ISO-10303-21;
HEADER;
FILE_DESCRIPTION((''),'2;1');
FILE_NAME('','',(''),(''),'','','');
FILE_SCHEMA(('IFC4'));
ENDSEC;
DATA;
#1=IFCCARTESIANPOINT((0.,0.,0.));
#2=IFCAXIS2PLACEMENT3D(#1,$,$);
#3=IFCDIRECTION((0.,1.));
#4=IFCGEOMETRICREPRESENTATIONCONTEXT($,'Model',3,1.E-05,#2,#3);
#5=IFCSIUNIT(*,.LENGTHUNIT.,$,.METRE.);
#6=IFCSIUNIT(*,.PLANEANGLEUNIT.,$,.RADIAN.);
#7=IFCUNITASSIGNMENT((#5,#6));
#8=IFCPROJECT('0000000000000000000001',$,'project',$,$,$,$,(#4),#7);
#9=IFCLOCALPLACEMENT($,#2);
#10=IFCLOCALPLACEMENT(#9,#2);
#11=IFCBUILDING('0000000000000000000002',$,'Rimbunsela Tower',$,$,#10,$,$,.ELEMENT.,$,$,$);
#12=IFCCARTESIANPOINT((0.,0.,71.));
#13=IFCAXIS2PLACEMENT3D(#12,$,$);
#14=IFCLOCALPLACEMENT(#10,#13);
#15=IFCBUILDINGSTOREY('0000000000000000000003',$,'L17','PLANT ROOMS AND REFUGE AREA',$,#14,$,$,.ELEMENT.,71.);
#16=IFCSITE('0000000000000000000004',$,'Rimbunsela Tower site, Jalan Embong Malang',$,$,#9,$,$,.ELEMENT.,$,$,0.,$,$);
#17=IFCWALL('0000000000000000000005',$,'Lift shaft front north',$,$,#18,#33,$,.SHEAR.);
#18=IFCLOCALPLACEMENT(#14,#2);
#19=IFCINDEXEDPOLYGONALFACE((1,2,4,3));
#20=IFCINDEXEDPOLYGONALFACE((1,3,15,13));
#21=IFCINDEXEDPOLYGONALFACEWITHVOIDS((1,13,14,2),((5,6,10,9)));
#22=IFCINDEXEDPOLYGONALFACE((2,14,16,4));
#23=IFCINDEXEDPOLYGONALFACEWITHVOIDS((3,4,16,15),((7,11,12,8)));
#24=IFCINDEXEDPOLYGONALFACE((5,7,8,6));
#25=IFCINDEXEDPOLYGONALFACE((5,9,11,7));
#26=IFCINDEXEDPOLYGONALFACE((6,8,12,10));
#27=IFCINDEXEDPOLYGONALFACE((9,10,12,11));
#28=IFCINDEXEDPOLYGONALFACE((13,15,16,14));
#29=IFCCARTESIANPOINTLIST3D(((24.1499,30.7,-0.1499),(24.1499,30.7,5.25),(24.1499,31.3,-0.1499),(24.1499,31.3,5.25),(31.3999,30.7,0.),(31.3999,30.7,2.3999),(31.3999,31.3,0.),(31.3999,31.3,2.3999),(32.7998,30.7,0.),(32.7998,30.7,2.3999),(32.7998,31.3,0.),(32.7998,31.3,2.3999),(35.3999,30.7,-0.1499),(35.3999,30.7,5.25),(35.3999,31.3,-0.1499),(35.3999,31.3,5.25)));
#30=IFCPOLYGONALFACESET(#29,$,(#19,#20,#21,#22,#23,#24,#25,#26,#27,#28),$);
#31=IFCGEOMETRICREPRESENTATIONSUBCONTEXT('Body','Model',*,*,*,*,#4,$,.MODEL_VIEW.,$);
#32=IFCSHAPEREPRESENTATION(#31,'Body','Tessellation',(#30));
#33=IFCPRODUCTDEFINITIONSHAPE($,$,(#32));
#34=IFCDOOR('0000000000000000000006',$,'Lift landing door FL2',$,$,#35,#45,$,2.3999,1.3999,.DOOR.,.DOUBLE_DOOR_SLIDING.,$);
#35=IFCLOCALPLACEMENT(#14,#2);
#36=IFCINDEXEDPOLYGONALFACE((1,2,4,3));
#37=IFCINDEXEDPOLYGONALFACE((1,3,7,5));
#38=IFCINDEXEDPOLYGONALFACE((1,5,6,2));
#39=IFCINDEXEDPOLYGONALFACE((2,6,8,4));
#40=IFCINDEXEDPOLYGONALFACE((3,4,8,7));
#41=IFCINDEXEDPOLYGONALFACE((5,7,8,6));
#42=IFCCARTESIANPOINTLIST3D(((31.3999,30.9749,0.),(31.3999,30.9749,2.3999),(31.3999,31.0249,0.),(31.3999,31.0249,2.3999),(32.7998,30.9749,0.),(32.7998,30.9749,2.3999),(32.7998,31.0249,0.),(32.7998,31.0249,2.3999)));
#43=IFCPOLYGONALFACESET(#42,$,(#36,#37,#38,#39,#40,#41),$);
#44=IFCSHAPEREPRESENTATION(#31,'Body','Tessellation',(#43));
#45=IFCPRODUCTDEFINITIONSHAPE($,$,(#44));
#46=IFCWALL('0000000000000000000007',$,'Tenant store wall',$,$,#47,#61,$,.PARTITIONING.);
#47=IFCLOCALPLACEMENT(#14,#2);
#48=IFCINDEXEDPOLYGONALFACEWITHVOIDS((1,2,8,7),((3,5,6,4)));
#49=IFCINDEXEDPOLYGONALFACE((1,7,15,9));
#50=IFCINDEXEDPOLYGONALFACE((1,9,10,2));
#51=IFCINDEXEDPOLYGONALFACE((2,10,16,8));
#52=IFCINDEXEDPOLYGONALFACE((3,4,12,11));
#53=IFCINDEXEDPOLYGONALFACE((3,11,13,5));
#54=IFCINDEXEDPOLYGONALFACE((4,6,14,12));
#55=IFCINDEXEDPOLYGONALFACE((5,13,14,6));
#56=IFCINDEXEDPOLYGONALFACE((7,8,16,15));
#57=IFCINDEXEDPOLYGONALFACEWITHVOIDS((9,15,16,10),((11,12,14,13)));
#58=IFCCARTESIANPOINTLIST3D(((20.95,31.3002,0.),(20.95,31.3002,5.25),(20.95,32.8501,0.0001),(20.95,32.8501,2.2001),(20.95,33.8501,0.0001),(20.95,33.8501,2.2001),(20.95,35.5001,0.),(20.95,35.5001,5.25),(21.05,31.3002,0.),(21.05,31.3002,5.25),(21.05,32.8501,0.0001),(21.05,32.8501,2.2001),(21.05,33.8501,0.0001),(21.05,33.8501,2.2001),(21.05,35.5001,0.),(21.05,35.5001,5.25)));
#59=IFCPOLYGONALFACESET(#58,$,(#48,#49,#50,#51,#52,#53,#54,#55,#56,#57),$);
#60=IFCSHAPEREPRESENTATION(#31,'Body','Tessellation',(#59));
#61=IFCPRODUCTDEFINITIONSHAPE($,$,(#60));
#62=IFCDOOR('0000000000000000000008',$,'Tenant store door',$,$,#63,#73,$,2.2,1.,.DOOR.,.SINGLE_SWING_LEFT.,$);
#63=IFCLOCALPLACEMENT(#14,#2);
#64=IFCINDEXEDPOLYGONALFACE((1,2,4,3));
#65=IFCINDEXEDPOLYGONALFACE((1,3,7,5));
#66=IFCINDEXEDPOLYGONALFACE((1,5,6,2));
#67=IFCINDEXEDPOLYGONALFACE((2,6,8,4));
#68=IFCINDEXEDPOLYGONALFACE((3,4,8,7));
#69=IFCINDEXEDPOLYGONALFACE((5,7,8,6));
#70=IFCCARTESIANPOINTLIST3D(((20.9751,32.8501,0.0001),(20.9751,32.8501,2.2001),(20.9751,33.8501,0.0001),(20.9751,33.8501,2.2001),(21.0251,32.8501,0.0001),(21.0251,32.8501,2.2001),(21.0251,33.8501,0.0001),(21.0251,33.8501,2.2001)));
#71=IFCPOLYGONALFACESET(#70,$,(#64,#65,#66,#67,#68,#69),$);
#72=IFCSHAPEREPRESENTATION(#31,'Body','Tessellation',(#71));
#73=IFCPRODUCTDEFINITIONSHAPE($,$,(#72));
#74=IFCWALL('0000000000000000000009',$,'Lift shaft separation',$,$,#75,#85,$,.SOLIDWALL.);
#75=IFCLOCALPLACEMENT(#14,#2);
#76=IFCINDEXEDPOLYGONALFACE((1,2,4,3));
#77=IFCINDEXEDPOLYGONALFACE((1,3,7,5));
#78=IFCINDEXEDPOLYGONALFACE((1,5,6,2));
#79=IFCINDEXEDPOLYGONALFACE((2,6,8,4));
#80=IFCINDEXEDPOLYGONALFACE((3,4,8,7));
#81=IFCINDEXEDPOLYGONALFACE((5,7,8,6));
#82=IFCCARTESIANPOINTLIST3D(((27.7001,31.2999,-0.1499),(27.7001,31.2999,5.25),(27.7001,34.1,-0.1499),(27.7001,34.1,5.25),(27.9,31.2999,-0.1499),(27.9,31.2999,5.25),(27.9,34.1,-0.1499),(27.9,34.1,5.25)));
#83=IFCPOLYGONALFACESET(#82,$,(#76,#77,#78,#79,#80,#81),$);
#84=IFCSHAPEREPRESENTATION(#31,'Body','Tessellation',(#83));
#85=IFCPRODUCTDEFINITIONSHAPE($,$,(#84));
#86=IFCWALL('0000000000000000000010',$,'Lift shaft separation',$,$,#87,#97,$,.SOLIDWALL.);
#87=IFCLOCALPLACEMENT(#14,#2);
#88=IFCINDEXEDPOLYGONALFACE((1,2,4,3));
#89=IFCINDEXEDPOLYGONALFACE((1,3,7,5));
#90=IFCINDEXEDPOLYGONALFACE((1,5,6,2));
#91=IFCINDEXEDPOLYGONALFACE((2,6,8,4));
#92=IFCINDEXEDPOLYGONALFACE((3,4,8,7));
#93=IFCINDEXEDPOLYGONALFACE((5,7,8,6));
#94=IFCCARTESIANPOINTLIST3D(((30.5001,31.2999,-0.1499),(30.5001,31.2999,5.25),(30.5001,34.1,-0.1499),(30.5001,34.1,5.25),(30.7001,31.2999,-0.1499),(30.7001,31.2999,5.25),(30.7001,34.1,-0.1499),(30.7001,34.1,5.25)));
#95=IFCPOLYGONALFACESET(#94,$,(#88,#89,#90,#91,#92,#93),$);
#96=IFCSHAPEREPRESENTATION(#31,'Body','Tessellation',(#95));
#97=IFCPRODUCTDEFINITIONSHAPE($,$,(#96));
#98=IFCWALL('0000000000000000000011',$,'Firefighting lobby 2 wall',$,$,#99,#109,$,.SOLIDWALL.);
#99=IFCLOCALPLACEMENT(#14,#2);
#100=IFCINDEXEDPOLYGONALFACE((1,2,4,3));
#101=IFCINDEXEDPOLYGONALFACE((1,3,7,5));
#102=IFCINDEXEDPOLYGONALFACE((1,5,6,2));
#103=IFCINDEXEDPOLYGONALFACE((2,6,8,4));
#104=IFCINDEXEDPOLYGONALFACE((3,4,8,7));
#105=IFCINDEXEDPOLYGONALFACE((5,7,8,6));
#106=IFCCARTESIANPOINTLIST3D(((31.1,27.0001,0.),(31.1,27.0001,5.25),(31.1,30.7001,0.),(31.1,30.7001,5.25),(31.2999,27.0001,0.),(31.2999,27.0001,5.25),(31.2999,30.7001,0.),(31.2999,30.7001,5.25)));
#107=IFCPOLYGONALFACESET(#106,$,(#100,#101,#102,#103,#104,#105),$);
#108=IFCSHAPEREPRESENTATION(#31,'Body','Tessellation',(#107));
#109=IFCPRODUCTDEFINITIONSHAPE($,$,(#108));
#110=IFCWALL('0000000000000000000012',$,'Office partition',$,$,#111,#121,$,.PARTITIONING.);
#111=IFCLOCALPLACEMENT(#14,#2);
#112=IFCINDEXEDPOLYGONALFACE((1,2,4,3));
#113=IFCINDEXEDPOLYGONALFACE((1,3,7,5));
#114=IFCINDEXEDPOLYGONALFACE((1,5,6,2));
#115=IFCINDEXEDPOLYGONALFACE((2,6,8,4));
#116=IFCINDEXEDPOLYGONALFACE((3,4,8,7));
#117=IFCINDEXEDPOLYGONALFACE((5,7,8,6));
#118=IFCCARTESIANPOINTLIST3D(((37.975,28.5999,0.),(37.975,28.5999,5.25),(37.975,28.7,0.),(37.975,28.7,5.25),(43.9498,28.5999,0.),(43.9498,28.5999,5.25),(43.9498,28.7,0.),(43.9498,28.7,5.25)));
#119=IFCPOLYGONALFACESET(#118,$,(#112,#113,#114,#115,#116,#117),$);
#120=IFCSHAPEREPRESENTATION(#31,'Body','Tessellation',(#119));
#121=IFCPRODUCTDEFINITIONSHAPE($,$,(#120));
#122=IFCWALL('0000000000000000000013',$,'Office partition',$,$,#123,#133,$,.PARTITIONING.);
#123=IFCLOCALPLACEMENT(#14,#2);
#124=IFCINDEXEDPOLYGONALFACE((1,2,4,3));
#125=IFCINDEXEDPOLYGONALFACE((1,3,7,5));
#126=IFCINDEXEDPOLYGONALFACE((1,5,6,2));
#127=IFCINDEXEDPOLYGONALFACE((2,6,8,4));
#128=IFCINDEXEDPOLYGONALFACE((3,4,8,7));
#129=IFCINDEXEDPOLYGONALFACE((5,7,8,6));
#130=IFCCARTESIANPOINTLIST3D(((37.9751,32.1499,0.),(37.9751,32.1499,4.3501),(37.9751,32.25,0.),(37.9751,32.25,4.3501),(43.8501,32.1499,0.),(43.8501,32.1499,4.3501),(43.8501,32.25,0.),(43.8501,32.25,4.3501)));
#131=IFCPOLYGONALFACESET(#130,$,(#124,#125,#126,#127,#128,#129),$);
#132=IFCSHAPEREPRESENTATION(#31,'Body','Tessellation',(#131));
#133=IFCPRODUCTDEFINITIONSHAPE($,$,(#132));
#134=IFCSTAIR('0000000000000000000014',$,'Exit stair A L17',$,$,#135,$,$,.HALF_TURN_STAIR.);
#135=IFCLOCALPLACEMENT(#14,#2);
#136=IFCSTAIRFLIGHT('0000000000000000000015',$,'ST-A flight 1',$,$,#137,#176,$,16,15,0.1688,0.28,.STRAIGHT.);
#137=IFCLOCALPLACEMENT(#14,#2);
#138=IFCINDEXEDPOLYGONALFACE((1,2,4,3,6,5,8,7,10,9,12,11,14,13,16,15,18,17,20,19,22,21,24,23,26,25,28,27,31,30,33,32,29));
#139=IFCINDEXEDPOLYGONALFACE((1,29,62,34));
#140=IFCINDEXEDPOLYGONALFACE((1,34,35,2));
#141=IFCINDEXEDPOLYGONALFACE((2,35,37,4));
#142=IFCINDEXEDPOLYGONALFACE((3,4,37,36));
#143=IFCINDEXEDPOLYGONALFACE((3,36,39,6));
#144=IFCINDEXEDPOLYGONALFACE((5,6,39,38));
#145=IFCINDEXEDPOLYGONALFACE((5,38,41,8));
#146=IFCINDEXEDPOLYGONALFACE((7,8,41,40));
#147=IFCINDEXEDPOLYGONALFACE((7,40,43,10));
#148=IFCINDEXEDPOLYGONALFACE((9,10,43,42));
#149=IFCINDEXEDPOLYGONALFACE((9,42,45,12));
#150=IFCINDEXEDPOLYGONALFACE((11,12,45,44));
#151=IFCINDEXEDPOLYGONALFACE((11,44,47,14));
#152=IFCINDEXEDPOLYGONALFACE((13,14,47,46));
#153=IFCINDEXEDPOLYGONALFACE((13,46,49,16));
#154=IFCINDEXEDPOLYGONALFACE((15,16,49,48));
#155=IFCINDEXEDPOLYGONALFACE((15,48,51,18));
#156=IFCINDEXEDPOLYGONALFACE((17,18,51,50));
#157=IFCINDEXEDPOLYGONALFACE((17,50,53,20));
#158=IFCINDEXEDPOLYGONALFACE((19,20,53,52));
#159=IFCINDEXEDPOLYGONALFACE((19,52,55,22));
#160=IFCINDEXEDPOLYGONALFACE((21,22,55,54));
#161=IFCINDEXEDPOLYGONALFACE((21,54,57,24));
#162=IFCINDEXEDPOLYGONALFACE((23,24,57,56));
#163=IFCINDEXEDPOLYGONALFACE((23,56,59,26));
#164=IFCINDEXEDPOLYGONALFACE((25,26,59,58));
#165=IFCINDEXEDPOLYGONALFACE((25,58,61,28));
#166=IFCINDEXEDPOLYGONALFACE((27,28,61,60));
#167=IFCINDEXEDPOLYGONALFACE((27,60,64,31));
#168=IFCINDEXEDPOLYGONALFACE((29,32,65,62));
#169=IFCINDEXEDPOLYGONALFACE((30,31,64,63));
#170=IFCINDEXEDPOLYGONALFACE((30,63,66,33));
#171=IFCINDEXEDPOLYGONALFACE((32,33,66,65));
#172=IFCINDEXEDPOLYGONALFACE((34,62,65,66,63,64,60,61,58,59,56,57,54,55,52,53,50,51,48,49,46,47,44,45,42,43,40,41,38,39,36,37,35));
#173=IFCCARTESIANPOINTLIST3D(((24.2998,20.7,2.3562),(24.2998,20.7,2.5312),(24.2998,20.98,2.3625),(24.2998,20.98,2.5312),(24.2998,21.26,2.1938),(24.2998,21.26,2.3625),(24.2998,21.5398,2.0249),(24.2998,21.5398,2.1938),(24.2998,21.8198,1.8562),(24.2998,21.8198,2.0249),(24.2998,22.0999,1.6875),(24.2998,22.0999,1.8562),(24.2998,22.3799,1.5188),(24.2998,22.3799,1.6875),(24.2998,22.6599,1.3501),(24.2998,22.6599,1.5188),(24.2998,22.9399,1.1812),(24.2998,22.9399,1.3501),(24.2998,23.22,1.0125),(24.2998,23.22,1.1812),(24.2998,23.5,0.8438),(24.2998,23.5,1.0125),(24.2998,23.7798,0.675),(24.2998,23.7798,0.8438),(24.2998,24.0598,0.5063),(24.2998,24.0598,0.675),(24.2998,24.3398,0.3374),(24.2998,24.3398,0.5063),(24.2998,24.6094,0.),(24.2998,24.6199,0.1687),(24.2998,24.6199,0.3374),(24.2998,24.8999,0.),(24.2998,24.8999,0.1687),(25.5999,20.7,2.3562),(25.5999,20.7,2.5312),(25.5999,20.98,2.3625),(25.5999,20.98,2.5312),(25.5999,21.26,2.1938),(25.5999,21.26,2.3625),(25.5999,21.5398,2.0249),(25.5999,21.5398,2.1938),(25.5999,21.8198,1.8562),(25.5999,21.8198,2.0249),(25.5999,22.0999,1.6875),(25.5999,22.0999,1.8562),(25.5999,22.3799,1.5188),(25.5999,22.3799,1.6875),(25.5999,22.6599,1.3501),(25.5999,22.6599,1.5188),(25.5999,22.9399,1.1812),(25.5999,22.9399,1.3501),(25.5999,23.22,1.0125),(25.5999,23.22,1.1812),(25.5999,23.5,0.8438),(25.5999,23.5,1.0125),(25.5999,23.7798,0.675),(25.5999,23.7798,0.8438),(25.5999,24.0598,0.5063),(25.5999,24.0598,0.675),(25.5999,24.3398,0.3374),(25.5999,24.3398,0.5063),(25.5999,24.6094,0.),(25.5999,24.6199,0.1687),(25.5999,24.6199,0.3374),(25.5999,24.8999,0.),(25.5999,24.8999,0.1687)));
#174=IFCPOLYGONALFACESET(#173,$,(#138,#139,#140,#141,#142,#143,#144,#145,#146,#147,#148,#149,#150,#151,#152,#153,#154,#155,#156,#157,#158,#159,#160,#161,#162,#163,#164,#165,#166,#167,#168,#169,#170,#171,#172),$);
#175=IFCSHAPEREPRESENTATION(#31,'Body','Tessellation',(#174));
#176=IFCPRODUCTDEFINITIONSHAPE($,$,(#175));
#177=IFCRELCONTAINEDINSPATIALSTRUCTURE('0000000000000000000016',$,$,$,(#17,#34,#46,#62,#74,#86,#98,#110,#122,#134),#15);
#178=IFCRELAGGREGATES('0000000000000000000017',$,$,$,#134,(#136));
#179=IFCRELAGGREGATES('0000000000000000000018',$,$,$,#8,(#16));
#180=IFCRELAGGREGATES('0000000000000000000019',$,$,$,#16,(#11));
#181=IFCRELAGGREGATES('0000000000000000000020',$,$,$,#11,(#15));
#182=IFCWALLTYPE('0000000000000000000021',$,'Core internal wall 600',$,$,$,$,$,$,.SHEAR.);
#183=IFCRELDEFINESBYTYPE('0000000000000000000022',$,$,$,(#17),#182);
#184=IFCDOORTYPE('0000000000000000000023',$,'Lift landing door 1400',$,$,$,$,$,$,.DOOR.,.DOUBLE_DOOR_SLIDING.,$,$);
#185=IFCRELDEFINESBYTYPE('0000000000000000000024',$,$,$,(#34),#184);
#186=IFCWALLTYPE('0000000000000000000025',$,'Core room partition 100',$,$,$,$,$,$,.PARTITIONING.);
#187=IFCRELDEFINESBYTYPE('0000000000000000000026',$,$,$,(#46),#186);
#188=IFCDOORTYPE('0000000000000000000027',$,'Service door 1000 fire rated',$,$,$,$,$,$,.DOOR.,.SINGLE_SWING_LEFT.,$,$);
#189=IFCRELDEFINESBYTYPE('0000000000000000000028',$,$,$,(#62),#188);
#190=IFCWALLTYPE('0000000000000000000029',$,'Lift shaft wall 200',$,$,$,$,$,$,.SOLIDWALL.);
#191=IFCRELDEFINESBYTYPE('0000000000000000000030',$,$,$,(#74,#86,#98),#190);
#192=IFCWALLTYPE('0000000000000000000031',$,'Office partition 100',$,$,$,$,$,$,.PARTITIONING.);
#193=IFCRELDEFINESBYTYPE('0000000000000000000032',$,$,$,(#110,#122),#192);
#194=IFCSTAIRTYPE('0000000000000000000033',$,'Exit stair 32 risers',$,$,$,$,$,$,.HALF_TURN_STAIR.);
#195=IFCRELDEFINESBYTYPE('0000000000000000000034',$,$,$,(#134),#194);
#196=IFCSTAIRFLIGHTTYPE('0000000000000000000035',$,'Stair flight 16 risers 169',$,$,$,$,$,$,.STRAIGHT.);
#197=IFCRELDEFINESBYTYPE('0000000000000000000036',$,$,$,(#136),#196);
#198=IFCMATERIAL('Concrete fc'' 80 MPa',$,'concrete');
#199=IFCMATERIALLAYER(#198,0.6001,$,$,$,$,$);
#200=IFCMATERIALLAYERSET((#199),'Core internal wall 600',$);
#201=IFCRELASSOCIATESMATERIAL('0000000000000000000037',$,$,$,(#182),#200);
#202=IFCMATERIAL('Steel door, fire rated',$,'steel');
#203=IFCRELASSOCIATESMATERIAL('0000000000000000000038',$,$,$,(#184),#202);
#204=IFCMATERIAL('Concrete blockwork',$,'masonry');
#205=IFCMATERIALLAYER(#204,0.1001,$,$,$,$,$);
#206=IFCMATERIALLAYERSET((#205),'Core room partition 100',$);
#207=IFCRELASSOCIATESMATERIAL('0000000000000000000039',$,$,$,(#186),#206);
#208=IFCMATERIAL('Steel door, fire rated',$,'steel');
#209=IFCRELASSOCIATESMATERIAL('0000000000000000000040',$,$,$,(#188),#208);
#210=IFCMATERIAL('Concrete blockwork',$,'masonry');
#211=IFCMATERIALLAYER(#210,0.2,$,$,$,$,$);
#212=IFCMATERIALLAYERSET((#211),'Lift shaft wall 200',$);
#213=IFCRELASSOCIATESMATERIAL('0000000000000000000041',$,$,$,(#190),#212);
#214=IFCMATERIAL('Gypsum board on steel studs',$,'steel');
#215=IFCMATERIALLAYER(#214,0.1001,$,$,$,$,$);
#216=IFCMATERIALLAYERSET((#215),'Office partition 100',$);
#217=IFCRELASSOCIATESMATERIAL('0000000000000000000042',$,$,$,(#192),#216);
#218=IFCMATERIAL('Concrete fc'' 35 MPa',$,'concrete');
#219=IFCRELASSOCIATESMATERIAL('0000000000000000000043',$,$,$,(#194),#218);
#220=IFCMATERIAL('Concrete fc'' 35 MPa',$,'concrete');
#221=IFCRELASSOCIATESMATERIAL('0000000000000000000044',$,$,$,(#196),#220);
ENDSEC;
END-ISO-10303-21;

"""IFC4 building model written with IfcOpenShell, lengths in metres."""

from ifc_helpers import new_model, si_unit, direction, frame, frame_2d, origin, place, context, subcontext, project, spatial, polyline, rectangle, outline, extrude, material, layer, layer_set, type_object, element, fill, aggregate, save


model = new_model("IFC4")

# Units and contexts
model_context = context("Model", 3, precision=1e-05, world=origin(), true_north=direction((0.0, 1.0)))
body_context = subcontext(model_context, "Body", "Model", "MODEL_VIEW")
ifc_project = project(units=[si_unit("LENGTHUNIT", "METRE"), si_unit("PLANEANGLEUNIT", "RADIAN")], contexts=[model_context])

# Site, building, storey
site_placement = place(None, origin())
site = spatial("IfcSite", under=ifc_project, at=site_placement, Name="Rimbunsela Tower site, Jalan Embong Malang", CompositionType="ELEMENT", RefElevation=0.0)
building_placement = place(site_placement, origin())
building = spatial("IfcBuilding", under=site, at=building_placement, Name="Rimbunsela Tower", CompositionType="ELEMENT")
storey_placement = place(building_placement, frame((0.0, 0.0, 71.0)))
storey = spatial("IfcBuildingStorey", under=building, at=storey_placement, Name="L17", Description="PLANT ROOMS AND REFUGE AREA", CompositionType="ELEMENT", Elevation=71.0)

# Shared definitions
ifc_material_1 = material(Name="Concrete fc' 80 MPa", Category="concrete")
ifc_layer_1 = layer(ifc_material_1, 0.6001)
ifc_layer_set_1 = layer_set([ifc_layer_1], Name="Core internal wall 600")
wall_type_1 = type_object("IfcWallType", Name="Core internal wall 600", PredefinedType="SHEAR", material=ifc_layer_set_1)

# Walls, openings, doors
wall_1_placement = place(storey_placement, frame((24.1499, 31.0, -0.1499), z_axis=(0.0, 0.0, 1.0), x_axis=(1.0, 0.0, 0.0)))
wall_1 = element("IfcWall", 1, at=wall_1_placement, inside=storey, type_object=wall_type_1, Name="Lift shaft front north", PredefinedType="SHEAR", context=body_context, shape_type="SweptSolid", body=[
    extrude(rectangle(XDim=11.25, YDim=0.6001, at=frame_2d((5.625, 0.0))), origin(), (0.0, 0.0, 1.0), 5.3999),
])
opening_1_placement = place(wall_1_placement, frame((7.25, 0.0, 0.1499)))
opening_1 = element("IfcOpeningElement", 2, at=opening_1_placement, cuts=wall_1, PredefinedType="OPENING", context=body_context, shape_type="SweptSolid", body=[
    extrude(rectangle(XDim=1.3999, YDim=2.3999, at=frame_2d((0.7, 1.2))), frame((0.0, 0.3101, 0.0), z_axis=(0.0, -1.0, 0.0), x_axis=(1.0, 0.0, 0.0)), (0.0, 0.0, 1.0), 0.6201),
])
ifc_material_2 = material(Name="Steel door, fire rated", Category="steel")
door_type_1 = type_object("IfcDoorType", Name="Lift landing door 1400", OperationType="DOUBLE_DOOR_SLIDING", PredefinedType="DOOR", material=ifc_material_2)
door_1_placement = place(opening_1_placement, origin())
door_1 = element("IfcDoor", 3, at=door_1_placement, inside=storey, type_object=door_type_1, Name="Lift landing door FL2", OperationType="DOUBLE_DOOR_SLIDING", OverallHeight=2.3999, OverallWidth=1.3999, PredefinedType="DOOR", context=body_context, shape_type="SweptSolid", body=[
    extrude(rectangle(XDim=1.3999, YDim=2.3999, at=frame_2d((0.7, 1.2))), frame((0.0, 0.0249, 0.0), z_axis=(0.0, -1.0, 0.0), x_axis=(1.0, 0.0, 0.0)), (0.0, 0.0, 1.0), 0.05),
])
fill(opening_1, door_1)
ifc_material_3 = material(Name="Concrete blockwork", Category="masonry")
ifc_layer_2 = layer(ifc_material_3, 0.1001)
ifc_layer_set_2 = layer_set([ifc_layer_2], Name="Core room partition 100")
wall_type_2 = type_object("IfcWallType", Name="Core room partition 100", PredefinedType="PARTITIONING", material=ifc_layer_set_2)
wall_2_placement = place(storey_placement, frame((21.0, 31.3, 0.0), z_axis=(0.0, 0.0, 1.0), x_axis=(0.0, 1.0, 0.0)))
wall_2 = element("IfcWall", 4, at=wall_2_placement, inside=storey, type_object=wall_type_2, Name="Tenant store wall", PredefinedType="PARTITIONING", context=body_context, shape_type="SweptSolid", body=[
    extrude(rectangle(XDim=4.2, YDim=0.1001, at=frame_2d((2.1001, 0.0))), origin(), (0.0, 0.0, 1.0), 5.25),
])
opening_2_placement = place(wall_2_placement, frame((1.55, 0.0, 0.0)))
opening_2 = element("IfcOpeningElement", 5, at=opening_2_placement, cuts=wall_2, PredefinedType="OPENING", context=body_context, shape_type="SweptSolid", body=[
    extrude(rectangle(XDim=1.0, YDim=2.2, at=frame_2d((0.5, 1.1001))), frame((0.0, 0.0601, 0.0), z_axis=(0.0, -1.0, 0.0), x_axis=(1.0, 0.0, 0.0)), (0.0, 0.0, 1.0), 0.1201),
])
ifc_material_4 = material(Name="Steel door, fire rated", Category="steel")
door_type_2 = type_object("IfcDoorType", Name="Service door 1000 fire rated", OperationType="SINGLE_SWING_LEFT", PredefinedType="DOOR", material=ifc_material_4)
door_2_placement = place(opening_2_placement, origin())
door_2 = element("IfcDoor", 6, at=door_2_placement, inside=storey, type_object=door_type_2, Name="Tenant store door", OperationType="SINGLE_SWING_LEFT", OverallHeight=2.2, OverallWidth=1.0, PredefinedType="DOOR", context=body_context, shape_type="SweptSolid", body=[
    extrude(rectangle(XDim=1.0, YDim=2.2, at=frame_2d((0.5, 1.1001))), frame((0.0, 0.0249, 0.0), z_axis=(0.0, -1.0, 0.0), x_axis=(1.0, 0.0, 0.0)), (0.0, 0.0, 1.0), 0.05),
])
fill(opening_2, door_2)

# Walls
ifc_material_5 = material(Name="Concrete blockwork", Category="masonry")
ifc_layer_3 = layer(ifc_material_5, 0.2)
ifc_layer_set_3 = layer_set([ifc_layer_3], Name="Lift shaft wall 200")
wall_type_3 = type_object("IfcWallType", Name="Lift shaft wall 200", PredefinedType="SOLIDWALL", material=ifc_layer_set_3)
for number, where, z_axis, x_axis, name in (
    (7, (27.8, 31.3, -0.1499), (0.0, 0.0, 1.0), (0.0, 1.0, 0.0), "Lift shaft separation"),
    (8, (30.6001, 31.3, -0.1499), (0.0, 0.0, 1.0), (0.0, 1.0, 0.0), "Lift shaft separation"),
):
    element("IfcWall", number, at=place(storey_placement, frame(where, z_axis=z_axis, x_axis=x_axis)), inside=storey, type_object=wall_type_3, Name=name, PredefinedType="SOLIDWALL", context=body_context, shape_type="SweptSolid", body=[
        extrude(rectangle(XDim=2.8, YDim=0.2, at=frame_2d((1.3999, 0.0))), origin(), (0.0, 0.0, 1.0), 5.3999),
    ])
wall_3_placement = place(storey_placement, frame((31.2, 27.0, 0.0), z_axis=(0.0, 0.0, 1.0), x_axis=(0.0, 1.0, 0.0)))
element("IfcWall", 9, at=wall_3_placement, inside=storey, type_object=wall_type_3, Name="Firefighting lobby 2 wall", PredefinedType="SOLIDWALL", context=body_context, shape_type="SweptSolid", body=[
    extrude(rectangle(XDim=3.7, YDim=0.2, at=frame_2d((1.8501, 0.0))), origin(), (0.0, 0.0, 1.0), 5.25),
])
ifc_material_6 = material(Name="Gypsum board on steel studs", Category="steel")
ifc_layer_4 = layer(ifc_material_6, 0.1001)
ifc_layer_set_4 = layer_set([ifc_layer_4], Name="Office partition 100")
wall_type_4 = type_object("IfcWallType", Name="Office partition 100", PredefinedType="PARTITIONING", material=ifc_layer_set_4)
wall_4_placement = place(storey_placement, frame((37.9751, 28.6499, 0.0), z_axis=(0.0, 0.0, 1.0), x_axis=(1.0, 0.0, 0.0)))
element("IfcWall", 10, at=wall_4_placement, inside=storey, type_object=wall_type_4, Name="Office partition", PredefinedType="PARTITIONING", context=body_context, shape_type="SweptSolid", body=[
    extrude(rectangle(XDim=5.9749, YDim=0.1001, at=frame_2d((2.9873, 0.0))), origin(), (0.0, 0.0, 1.0), 5.25),
])
wall_5_placement = place(storey_placement, frame((37.9751, 32.2, 0.0), z_axis=(0.0, 0.0, 1.0), x_axis=(1.0, 0.0, 0.0)))
element("IfcWall", 11, at=wall_5_placement, inside=storey, type_object=wall_type_4, Name="Office partition", PredefinedType="PARTITIONING", context=body_context, shape_type="SweptSolid", body=[
    extrude(rectangle(XDim=5.875, YDim=0.1001, at=frame_2d((2.9375, 0.0))), origin(), (0.0, 0.0, 1.0), 4.3501),
])

# Stair, stair flight
ifc_material_7 = material(Name="Concrete fc' 35 MPa", Category="concrete")
stair_type = type_object("IfcStairType", Name="Exit stair 32 risers", PredefinedType="HALF_TURN_STAIR", material=ifc_material_7)
stair_1_placement = place(storey_placement, origin())
stair_1 = element("IfcStair", 12, at=stair_1_placement, inside=storey, type_object=stair_type, Name="Exit stair A L17", PredefinedType="HALF_TURN_STAIR")
ifc_material_8 = material(Name="Concrete fc' 35 MPa", Category="concrete")
stair_flight_type = type_object("IfcStairFlightType", Name="Stair flight 16 risers 169", PredefinedType="STRAIGHT", material=ifc_material_8)
stair_flight_1_placement = place(storey_placement, frame((24.95, 24.8999, 0.0), z_axis=(0.0, 0.0, 1.0), x_axis=(0.0, -1.0, 0.0)))
stair_flight_1 = element("IfcStairFlight", 13, at=stair_flight_1_placement, type_object=stair_flight_type, Name="ST-A flight 1", NumberOfRisers=16, NumberOfTreads=15, PredefinedType="STRAIGHT", RiserHeight=0.1688, TreadLength=0.28, context=body_context, shape_type="SweptSolid", body=[
    extrude(outline(polyline([(0.0, 0.0), (0.0, 0.1687), (0.28, 0.1687), (0.28, 0.3374), (0.5601, 0.3374), (0.5601, 0.5063), (0.8401, 0.5063), (0.8401, 0.675), (1.1201, 0.675), (1.1201, 0.8438), (1.3999, 0.8438), (1.3999, 1.0125), (1.6799, 1.0125), (1.6799, 1.1812), (1.96, 1.1812), (1.96, 1.3501), (2.24, 1.3501), (2.24, 1.5188), (2.52, 1.5188), (2.52, 1.6875), (2.8, 1.6875), (2.8, 1.8562), (3.0801, 1.8562), (3.0801, 2.0249), (3.3601, 2.0249), (3.3601, 2.1938), (3.6399, 2.1938), (3.6399, 2.3625), (3.9199, 2.3625), (3.9199, 2.5312), (4.2, 2.5312), (4.2, 2.7), (4.2, 2.3562), (0.2905, 0.0), (0.0, 0.0)])), frame((0.0, 0.6499, 0.0), z_axis=(0.0, -1.0, 0.0), x_axis=(1.0, 0.0, 0.0)), (0.0, 0.0, 1.0), 1.3),
])
aggregate(stair_1, [stair_flight_1])

save(model, "model.ifc")
